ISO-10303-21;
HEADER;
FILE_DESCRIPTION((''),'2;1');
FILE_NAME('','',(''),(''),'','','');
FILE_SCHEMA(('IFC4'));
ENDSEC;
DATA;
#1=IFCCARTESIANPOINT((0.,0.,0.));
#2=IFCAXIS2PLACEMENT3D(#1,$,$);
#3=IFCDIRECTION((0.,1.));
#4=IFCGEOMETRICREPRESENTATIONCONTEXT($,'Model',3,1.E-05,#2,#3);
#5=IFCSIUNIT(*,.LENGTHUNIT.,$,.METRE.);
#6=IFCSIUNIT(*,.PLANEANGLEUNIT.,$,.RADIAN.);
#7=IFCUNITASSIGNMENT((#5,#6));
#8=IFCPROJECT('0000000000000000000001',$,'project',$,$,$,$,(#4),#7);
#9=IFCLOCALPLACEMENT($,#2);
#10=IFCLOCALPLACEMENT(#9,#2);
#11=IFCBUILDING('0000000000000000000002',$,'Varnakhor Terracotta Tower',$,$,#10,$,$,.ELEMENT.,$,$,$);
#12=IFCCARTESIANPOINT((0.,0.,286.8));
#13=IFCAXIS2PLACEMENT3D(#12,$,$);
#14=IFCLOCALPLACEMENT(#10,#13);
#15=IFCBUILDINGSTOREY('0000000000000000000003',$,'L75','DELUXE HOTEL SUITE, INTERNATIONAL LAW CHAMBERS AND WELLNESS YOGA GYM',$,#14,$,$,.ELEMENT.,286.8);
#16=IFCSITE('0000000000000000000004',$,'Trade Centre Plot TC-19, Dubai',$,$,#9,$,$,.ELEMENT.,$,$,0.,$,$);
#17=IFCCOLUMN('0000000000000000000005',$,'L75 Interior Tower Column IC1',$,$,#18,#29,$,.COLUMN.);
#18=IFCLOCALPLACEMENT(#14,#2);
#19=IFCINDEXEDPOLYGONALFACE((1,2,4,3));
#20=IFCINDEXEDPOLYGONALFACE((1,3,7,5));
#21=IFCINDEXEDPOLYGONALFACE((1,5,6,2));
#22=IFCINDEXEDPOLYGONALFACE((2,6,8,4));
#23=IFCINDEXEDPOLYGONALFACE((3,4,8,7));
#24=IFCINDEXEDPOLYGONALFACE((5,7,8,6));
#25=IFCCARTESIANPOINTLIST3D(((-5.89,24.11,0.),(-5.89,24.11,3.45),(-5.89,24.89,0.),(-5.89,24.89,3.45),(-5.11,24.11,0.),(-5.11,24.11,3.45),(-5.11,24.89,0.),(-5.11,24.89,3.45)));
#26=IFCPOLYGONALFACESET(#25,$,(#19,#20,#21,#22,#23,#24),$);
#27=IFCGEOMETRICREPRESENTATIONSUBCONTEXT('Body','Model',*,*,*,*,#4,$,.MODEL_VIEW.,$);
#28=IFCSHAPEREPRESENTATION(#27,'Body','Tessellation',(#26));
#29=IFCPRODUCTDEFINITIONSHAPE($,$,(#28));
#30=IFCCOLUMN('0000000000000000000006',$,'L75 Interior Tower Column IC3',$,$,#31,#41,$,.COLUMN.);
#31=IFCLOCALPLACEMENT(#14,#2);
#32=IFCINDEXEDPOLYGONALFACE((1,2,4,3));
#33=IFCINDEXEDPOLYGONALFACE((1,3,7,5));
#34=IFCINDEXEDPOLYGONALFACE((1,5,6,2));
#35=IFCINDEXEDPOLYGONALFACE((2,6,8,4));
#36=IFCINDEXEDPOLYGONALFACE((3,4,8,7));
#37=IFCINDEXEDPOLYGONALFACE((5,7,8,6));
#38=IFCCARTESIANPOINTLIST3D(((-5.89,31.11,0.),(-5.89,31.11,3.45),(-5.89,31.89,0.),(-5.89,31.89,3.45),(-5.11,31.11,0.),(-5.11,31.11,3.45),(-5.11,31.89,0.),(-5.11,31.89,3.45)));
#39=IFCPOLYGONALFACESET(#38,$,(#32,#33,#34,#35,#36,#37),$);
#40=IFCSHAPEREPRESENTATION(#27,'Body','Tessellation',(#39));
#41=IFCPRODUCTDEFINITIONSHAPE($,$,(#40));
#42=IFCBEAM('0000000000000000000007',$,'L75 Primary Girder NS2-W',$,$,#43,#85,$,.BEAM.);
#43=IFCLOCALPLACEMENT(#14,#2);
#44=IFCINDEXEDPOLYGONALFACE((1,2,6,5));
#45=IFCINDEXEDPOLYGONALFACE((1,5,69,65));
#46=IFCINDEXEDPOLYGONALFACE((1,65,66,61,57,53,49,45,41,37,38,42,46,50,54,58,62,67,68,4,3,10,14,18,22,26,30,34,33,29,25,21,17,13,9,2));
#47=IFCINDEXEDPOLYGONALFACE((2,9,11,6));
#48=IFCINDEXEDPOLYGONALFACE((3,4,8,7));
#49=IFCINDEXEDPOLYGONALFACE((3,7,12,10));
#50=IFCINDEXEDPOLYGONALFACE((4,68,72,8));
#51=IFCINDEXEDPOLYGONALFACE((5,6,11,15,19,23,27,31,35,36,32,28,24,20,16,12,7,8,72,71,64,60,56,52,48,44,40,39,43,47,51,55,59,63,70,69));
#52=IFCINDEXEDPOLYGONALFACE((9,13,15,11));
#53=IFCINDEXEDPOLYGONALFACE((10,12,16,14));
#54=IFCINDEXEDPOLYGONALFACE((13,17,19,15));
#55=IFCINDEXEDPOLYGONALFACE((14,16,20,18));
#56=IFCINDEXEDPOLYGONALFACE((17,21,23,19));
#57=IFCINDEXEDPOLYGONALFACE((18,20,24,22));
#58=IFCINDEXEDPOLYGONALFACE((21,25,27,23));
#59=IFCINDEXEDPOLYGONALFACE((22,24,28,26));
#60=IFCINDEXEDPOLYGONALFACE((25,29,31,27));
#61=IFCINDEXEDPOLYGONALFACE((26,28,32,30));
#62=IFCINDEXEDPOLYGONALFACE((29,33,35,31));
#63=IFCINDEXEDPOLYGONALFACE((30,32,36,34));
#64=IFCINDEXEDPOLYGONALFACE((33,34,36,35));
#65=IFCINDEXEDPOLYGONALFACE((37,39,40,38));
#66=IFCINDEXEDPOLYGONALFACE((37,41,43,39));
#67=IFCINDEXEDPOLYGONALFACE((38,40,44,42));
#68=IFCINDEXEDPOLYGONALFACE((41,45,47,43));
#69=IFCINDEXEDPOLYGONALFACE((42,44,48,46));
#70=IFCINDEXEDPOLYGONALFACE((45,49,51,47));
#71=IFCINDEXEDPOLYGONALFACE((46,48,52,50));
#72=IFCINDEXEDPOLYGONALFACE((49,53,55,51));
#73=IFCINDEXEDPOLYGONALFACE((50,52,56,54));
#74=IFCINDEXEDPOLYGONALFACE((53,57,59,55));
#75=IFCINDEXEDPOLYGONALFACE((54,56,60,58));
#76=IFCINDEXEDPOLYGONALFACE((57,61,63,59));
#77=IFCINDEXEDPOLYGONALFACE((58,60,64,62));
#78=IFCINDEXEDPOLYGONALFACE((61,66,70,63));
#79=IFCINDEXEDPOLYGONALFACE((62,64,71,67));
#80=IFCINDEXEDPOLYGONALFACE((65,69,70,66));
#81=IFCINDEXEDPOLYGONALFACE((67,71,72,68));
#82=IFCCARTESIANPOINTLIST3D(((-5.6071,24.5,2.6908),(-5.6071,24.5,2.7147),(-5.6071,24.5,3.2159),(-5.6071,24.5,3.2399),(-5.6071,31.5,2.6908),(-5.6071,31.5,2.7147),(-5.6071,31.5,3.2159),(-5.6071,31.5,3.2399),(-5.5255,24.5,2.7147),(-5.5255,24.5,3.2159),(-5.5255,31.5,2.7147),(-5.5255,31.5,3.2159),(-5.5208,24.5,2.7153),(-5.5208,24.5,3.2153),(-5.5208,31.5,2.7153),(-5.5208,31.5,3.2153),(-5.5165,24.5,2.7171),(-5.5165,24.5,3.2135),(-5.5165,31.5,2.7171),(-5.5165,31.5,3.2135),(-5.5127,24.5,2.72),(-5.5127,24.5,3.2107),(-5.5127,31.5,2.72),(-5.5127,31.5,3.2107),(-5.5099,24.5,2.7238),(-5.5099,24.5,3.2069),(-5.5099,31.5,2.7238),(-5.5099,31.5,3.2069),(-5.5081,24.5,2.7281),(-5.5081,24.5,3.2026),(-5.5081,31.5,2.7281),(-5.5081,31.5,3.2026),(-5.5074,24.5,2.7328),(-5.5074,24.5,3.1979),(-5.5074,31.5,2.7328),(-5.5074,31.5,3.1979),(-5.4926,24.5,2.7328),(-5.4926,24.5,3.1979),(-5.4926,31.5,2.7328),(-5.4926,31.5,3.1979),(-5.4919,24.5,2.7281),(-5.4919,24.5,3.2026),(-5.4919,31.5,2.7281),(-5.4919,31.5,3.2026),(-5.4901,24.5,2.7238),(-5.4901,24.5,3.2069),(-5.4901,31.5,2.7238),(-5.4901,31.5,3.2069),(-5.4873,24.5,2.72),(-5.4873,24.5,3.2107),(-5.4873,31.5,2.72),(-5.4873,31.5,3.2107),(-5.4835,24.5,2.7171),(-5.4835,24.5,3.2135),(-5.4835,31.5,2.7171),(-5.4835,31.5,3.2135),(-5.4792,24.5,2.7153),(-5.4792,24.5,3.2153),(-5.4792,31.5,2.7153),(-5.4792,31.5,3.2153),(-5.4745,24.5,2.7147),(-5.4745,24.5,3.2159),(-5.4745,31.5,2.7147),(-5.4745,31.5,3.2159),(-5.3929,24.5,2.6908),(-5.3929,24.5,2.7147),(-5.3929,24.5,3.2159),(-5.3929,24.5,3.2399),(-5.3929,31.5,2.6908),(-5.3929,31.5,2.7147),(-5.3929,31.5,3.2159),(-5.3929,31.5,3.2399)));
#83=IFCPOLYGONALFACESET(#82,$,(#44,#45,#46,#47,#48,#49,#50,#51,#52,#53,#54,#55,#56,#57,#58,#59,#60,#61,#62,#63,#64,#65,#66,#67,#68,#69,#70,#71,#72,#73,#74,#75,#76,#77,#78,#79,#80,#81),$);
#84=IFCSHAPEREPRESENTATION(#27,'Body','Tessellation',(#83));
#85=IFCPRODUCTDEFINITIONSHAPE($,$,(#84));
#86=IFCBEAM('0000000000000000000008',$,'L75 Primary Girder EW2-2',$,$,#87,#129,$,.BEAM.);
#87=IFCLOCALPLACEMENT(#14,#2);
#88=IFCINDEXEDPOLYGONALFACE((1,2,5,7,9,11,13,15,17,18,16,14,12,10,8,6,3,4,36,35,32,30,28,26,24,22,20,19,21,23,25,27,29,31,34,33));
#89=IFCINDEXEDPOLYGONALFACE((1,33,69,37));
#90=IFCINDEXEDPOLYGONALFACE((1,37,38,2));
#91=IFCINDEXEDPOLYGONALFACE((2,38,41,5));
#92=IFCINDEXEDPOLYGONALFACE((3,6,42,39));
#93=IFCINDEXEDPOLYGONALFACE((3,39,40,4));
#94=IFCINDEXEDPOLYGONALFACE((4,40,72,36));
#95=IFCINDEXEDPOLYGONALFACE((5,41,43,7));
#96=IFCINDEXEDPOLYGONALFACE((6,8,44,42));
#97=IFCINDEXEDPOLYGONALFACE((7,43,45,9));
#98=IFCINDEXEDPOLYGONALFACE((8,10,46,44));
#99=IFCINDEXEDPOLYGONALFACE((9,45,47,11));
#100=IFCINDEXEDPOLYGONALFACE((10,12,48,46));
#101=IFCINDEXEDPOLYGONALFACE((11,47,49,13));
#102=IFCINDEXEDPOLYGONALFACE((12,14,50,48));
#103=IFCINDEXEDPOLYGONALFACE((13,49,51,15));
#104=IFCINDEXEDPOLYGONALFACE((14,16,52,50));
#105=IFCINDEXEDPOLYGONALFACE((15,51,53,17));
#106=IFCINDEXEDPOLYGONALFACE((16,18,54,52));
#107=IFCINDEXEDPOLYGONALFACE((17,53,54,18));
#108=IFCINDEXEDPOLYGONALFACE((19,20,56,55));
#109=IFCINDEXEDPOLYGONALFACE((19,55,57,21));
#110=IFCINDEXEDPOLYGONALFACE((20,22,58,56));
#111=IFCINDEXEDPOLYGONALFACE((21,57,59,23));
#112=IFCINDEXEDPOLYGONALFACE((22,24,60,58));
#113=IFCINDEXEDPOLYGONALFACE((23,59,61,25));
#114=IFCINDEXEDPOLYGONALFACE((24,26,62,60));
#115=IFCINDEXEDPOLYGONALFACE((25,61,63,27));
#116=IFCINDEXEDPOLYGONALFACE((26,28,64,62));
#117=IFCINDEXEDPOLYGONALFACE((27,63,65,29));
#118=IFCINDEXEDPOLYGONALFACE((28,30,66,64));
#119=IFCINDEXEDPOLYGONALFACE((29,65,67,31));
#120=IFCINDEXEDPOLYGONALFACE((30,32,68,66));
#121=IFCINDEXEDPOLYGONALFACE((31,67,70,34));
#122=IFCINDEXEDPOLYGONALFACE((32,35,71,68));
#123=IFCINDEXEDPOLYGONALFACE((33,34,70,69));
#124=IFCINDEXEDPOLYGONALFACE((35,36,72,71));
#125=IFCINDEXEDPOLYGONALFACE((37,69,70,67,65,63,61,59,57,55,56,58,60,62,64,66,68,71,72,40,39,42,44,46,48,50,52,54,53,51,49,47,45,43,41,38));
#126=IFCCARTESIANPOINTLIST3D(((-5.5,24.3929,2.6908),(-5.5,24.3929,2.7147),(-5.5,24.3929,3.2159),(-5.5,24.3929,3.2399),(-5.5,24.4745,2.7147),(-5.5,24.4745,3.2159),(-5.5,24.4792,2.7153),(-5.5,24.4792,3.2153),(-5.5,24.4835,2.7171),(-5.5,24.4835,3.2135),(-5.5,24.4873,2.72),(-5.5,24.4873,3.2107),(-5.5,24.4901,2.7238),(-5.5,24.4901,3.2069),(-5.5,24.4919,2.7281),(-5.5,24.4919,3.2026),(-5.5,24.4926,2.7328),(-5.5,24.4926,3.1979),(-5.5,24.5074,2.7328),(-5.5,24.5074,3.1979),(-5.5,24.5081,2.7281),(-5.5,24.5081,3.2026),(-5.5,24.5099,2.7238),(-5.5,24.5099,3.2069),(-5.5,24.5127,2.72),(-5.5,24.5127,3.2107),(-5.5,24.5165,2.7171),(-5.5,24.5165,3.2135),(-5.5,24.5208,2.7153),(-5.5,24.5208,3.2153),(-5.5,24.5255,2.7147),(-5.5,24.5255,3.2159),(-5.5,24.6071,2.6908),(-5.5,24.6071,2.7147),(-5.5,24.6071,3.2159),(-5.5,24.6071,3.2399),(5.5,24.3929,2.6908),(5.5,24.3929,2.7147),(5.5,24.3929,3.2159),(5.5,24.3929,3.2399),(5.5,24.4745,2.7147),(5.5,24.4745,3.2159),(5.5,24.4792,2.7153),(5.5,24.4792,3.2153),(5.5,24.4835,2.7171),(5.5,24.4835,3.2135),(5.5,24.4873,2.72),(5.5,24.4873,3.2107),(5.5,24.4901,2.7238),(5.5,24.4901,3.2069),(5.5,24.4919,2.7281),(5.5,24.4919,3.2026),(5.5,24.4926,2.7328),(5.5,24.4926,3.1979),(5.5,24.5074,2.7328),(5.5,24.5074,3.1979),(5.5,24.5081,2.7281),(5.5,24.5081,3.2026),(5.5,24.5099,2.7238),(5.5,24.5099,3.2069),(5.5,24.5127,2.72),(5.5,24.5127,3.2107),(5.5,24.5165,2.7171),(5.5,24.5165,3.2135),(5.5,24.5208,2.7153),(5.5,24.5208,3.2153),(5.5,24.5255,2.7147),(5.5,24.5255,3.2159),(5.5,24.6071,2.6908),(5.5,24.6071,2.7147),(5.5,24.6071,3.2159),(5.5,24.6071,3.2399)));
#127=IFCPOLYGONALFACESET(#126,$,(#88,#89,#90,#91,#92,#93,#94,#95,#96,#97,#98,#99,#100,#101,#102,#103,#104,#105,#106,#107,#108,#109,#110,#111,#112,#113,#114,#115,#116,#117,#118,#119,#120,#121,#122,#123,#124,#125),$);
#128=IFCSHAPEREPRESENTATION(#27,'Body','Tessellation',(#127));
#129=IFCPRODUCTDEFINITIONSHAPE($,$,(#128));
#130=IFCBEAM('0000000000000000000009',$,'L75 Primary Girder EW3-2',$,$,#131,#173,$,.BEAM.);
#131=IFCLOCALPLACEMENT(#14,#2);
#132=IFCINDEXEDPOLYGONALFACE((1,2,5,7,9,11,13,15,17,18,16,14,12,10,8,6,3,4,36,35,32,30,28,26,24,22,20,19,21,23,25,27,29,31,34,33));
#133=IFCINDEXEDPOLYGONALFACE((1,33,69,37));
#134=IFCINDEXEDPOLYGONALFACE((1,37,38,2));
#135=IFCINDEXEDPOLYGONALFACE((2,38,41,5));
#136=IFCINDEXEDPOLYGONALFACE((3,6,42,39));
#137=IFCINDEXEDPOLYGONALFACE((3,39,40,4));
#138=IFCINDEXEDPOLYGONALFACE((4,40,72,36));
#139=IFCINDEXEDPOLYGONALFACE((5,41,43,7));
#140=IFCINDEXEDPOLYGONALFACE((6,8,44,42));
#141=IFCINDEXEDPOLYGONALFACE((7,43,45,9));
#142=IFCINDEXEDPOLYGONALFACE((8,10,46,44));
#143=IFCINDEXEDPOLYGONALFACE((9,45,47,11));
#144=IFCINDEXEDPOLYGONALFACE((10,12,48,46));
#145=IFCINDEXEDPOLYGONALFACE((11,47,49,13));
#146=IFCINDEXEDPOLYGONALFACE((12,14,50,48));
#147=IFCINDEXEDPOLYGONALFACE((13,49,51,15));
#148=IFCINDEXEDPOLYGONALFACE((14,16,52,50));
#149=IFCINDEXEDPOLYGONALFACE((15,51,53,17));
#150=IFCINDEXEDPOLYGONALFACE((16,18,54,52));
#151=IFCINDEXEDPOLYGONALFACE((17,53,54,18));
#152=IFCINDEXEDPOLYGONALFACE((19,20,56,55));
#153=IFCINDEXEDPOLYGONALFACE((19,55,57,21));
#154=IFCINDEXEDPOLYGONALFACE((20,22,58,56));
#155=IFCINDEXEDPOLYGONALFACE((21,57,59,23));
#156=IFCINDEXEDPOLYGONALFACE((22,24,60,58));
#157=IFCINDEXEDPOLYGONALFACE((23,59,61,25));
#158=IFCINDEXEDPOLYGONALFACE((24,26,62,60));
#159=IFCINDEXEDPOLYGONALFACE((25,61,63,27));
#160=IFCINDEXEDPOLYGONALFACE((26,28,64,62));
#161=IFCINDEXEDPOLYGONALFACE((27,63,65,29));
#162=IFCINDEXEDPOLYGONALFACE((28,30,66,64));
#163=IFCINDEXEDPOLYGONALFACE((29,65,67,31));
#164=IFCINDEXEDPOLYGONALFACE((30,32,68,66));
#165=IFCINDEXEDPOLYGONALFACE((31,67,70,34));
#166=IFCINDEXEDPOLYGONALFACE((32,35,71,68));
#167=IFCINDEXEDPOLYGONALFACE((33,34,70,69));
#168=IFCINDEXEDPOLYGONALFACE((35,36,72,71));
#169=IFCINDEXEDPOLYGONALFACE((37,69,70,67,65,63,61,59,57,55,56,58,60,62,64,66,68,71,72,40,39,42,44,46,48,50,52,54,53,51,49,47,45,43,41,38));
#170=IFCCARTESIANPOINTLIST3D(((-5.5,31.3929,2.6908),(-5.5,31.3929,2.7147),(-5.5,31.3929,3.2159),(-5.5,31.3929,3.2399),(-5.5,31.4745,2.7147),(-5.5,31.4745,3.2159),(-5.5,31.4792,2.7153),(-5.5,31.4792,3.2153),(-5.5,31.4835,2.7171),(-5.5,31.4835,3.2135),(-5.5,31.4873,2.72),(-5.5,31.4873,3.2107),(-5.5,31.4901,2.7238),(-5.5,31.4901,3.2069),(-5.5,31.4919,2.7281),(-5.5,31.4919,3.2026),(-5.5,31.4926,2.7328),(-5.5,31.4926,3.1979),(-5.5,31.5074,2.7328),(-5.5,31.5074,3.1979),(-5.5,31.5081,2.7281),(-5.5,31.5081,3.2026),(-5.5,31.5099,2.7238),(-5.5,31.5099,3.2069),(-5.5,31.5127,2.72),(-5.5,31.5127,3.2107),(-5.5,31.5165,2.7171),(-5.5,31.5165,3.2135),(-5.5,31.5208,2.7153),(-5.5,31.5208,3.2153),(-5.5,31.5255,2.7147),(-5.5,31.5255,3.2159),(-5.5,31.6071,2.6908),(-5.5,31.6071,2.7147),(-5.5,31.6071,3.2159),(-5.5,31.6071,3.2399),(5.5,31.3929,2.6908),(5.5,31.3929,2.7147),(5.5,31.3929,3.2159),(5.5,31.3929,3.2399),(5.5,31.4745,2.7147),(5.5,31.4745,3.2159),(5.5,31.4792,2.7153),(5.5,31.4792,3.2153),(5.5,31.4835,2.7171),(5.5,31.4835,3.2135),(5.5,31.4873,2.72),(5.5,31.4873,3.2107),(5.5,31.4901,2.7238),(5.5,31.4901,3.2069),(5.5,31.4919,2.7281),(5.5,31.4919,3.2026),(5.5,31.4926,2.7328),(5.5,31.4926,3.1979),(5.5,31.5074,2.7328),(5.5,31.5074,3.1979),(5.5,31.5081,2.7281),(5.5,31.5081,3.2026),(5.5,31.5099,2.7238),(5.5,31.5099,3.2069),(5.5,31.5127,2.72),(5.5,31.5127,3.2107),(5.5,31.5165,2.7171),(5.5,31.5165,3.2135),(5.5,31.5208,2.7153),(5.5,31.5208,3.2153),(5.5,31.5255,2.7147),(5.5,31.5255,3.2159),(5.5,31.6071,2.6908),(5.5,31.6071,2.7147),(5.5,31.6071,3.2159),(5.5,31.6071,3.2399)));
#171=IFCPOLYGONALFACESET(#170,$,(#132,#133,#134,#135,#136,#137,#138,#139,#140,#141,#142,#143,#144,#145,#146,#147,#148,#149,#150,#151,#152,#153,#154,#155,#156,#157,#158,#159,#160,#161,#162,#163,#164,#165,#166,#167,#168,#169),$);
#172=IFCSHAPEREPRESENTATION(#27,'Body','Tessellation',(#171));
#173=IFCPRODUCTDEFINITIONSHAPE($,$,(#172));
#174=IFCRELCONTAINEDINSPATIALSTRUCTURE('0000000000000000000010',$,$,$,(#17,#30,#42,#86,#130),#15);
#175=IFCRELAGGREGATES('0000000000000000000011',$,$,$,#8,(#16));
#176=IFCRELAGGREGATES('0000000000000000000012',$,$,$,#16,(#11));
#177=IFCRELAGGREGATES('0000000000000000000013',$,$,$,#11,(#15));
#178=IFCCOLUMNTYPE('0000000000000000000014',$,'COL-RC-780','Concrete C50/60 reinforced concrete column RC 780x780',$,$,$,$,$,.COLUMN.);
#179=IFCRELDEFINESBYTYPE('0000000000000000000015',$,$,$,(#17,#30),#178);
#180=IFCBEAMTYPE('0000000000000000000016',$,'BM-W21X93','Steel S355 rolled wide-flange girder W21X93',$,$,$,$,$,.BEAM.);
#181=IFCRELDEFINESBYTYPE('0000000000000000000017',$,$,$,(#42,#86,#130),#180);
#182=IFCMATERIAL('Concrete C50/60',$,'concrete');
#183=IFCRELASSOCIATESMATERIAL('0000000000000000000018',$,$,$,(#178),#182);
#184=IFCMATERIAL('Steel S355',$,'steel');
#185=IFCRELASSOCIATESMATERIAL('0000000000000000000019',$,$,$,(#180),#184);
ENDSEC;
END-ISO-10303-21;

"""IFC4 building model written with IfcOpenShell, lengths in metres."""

from ifc_helpers import new_model, si_unit, direction, frame, origin, origin_2d, place, context, subcontext, project, spatial, rectangle, i_section, extrude, source, transform, mapped, material, material_profile, profile_set, type_object, element, save


model = new_model("IFC4")

# Units and contexts
model_context = context("Model", 3, precision=1e-05, world=origin(), true_north=direction((0.0, 1.0)))
body_context = subcontext(model_context, "Body", "Model", "MODEL_VIEW")
ifc_project = project(units=[si_unit("LENGTHUNIT", "METRE"), si_unit("PLANEANGLEUNIT", "RADIAN")], contexts=[model_context])

# Site, building, storey
site_placement = place(None, origin())
site = spatial("IfcSite", under=ifc_project, at=site_placement, Name="Trade Centre Plot TC-19, Dubai", CompositionType="ELEMENT", RefElevation=0.0)
building_placement = place(site_placement, origin())
building = spatial("IfcBuilding", under=site, at=building_placement, Name="Varnakhor Terracotta Tower", CompositionType="ELEMENT")
storey_placement = place(building_placement, frame((0.0, 0.0, 286.8)))
storey = spatial("IfcBuildingStorey", under=building, at=storey_placement, Name="L75", Description="DELUXE HOTEL SUITE, INTERNATIONAL LAW CHAMBERS AND WELLNESS YOGA GYM", CompositionType="ELEMENT", Elevation=286.8)

# Columns
ifc_material_1 = material(Name="Concrete C50/60", Category="concrete")
ifc_material_profile_1 = material_profile(ifc_material_1, rectangle(XDim=0.78, YDim=0.78, at=origin_2d()), Name="RC 780x780")
ifc_profile_set_1 = profile_set([ifc_material_profile_1], Name="Concrete C50/60")
column_type = type_object("IfcColumnType", Name="COL-RC-780", Description="Concrete C50/60 reinforced concrete column RC 780x780", PredefinedType="COLUMN", material=ifc_profile_set_1)
shared_shape_1 = source(origin(), body_context, "Body", "SweptSolid", [
    extrude(rectangle(XDim=0.78, YDim=0.78, at=origin_2d()), origin(), (0.0, 0.0, 1.0), 3.45),
])
for number, where, z_axis, x_axis, name in (
    (1, (-5.5, 24.5, 0.0), (0.0, 0.0, 1.0), (1.0, 0.0, 0.0), "L75 Interior Tower Column IC1"),
    (2, (-5.5, 31.5, 0.0), (0.0, 0.0, 1.0), (1.0, 0.0, 0.0), "L75 Interior Tower Column IC3"),
):
    element("IfcColumn", number, at=place(storey_placement, frame(where, z_axis=z_axis, x_axis=x_axis)), inside=storey, type_object=column_type, Name=name, PredefinedType="COLUMN", context=body_context, shape_type="MappedRepresentation", body=[
        mapped(shared_shape_1, transform((0.0, 0.0, 0.0), scale=1.0)),
    ])

# Beams
ifc_material_2 = material(Name="Steel S355", Category="steel")
ifc_material_profile_2 = material_profile(ifc_material_2, i_section(OverallWidth=0.2141, OverallDepth=0.5491, WebThickness=0.0149, FlangeThickness=0.0239, FilletRadius=0.0181, at=origin_2d()), Name="W21X93")
ifc_profile_set_2 = profile_set([ifc_material_profile_2], Name="Steel S355")
beam_type_1 = type_object("IfcBeamType", Name="BM-W21X93", Description="Steel S355 rolled wide-flange girder W21X93", PredefinedType="BEAM", material=ifc_profile_set_2)
shared_shape_2 = source(origin(), body_context, "Body", "SweptSolid", [
    extrude(i_section(OverallWidth=0.2141, OverallDepth=0.5491, WebThickness=0.0149, FlangeThickness=0.0239, FilletRadius=0.0181, at=origin_2d()), origin(), (0.0, 0.0, 1.0), 7.0),
])
beam_1_placement = place(storey_placement, frame((-5.5, 24.5, 2.9653), z_axis=(0.0, 1.0, 0.0), x_axis=(-1.0, 0.0, 0.0)))
element("IfcBeam", 3, at=beam_1_placement, inside=storey, type_object=beam_type_1, Name="L75 Primary Girder NS2-W", PredefinedType="BEAM", context=body_context, shape_type="MappedRepresentation", body=[
    mapped(shared_shape_2, transform((0.0, 0.0, 0.0), scale=1.0)),
])
shared_shape_3 = source(origin(), body_context, "Body", "SweptSolid", [
    extrude(i_section(OverallWidth=0.2141, OverallDepth=0.5491, WebThickness=0.0149, FlangeThickness=0.0239, FilletRadius=0.0181, at=origin_2d()), origin(), (0.0, 0.0, 1.0), 11.0),
])
for number, where, z_axis, x_axis, name in (
    (4, (-5.5, 24.5, 2.9653), (1.0, 0.0, 0.0), (0.0, 1.0, 0.0), "L75 Primary Girder EW2-2"),
    (5, (-5.5, 31.5, 2.9653), (1.0, 0.0, 0.0), (0.0, 1.0, 0.0), "L75 Primary Girder EW3-2"),
):
    element("IfcBeam", number, at=place(storey_placement, frame(where, z_axis=z_axis, x_axis=x_axis)), inside=storey, type_object=beam_type_1, Name=name, PredefinedType="BEAM", context=body_context, shape_type="MappedRepresentation", body=[
        mapped(shared_shape_3, transform((0.0, 0.0, 0.0), scale=1.0)),
    ])

save(model, "model.ifc")
